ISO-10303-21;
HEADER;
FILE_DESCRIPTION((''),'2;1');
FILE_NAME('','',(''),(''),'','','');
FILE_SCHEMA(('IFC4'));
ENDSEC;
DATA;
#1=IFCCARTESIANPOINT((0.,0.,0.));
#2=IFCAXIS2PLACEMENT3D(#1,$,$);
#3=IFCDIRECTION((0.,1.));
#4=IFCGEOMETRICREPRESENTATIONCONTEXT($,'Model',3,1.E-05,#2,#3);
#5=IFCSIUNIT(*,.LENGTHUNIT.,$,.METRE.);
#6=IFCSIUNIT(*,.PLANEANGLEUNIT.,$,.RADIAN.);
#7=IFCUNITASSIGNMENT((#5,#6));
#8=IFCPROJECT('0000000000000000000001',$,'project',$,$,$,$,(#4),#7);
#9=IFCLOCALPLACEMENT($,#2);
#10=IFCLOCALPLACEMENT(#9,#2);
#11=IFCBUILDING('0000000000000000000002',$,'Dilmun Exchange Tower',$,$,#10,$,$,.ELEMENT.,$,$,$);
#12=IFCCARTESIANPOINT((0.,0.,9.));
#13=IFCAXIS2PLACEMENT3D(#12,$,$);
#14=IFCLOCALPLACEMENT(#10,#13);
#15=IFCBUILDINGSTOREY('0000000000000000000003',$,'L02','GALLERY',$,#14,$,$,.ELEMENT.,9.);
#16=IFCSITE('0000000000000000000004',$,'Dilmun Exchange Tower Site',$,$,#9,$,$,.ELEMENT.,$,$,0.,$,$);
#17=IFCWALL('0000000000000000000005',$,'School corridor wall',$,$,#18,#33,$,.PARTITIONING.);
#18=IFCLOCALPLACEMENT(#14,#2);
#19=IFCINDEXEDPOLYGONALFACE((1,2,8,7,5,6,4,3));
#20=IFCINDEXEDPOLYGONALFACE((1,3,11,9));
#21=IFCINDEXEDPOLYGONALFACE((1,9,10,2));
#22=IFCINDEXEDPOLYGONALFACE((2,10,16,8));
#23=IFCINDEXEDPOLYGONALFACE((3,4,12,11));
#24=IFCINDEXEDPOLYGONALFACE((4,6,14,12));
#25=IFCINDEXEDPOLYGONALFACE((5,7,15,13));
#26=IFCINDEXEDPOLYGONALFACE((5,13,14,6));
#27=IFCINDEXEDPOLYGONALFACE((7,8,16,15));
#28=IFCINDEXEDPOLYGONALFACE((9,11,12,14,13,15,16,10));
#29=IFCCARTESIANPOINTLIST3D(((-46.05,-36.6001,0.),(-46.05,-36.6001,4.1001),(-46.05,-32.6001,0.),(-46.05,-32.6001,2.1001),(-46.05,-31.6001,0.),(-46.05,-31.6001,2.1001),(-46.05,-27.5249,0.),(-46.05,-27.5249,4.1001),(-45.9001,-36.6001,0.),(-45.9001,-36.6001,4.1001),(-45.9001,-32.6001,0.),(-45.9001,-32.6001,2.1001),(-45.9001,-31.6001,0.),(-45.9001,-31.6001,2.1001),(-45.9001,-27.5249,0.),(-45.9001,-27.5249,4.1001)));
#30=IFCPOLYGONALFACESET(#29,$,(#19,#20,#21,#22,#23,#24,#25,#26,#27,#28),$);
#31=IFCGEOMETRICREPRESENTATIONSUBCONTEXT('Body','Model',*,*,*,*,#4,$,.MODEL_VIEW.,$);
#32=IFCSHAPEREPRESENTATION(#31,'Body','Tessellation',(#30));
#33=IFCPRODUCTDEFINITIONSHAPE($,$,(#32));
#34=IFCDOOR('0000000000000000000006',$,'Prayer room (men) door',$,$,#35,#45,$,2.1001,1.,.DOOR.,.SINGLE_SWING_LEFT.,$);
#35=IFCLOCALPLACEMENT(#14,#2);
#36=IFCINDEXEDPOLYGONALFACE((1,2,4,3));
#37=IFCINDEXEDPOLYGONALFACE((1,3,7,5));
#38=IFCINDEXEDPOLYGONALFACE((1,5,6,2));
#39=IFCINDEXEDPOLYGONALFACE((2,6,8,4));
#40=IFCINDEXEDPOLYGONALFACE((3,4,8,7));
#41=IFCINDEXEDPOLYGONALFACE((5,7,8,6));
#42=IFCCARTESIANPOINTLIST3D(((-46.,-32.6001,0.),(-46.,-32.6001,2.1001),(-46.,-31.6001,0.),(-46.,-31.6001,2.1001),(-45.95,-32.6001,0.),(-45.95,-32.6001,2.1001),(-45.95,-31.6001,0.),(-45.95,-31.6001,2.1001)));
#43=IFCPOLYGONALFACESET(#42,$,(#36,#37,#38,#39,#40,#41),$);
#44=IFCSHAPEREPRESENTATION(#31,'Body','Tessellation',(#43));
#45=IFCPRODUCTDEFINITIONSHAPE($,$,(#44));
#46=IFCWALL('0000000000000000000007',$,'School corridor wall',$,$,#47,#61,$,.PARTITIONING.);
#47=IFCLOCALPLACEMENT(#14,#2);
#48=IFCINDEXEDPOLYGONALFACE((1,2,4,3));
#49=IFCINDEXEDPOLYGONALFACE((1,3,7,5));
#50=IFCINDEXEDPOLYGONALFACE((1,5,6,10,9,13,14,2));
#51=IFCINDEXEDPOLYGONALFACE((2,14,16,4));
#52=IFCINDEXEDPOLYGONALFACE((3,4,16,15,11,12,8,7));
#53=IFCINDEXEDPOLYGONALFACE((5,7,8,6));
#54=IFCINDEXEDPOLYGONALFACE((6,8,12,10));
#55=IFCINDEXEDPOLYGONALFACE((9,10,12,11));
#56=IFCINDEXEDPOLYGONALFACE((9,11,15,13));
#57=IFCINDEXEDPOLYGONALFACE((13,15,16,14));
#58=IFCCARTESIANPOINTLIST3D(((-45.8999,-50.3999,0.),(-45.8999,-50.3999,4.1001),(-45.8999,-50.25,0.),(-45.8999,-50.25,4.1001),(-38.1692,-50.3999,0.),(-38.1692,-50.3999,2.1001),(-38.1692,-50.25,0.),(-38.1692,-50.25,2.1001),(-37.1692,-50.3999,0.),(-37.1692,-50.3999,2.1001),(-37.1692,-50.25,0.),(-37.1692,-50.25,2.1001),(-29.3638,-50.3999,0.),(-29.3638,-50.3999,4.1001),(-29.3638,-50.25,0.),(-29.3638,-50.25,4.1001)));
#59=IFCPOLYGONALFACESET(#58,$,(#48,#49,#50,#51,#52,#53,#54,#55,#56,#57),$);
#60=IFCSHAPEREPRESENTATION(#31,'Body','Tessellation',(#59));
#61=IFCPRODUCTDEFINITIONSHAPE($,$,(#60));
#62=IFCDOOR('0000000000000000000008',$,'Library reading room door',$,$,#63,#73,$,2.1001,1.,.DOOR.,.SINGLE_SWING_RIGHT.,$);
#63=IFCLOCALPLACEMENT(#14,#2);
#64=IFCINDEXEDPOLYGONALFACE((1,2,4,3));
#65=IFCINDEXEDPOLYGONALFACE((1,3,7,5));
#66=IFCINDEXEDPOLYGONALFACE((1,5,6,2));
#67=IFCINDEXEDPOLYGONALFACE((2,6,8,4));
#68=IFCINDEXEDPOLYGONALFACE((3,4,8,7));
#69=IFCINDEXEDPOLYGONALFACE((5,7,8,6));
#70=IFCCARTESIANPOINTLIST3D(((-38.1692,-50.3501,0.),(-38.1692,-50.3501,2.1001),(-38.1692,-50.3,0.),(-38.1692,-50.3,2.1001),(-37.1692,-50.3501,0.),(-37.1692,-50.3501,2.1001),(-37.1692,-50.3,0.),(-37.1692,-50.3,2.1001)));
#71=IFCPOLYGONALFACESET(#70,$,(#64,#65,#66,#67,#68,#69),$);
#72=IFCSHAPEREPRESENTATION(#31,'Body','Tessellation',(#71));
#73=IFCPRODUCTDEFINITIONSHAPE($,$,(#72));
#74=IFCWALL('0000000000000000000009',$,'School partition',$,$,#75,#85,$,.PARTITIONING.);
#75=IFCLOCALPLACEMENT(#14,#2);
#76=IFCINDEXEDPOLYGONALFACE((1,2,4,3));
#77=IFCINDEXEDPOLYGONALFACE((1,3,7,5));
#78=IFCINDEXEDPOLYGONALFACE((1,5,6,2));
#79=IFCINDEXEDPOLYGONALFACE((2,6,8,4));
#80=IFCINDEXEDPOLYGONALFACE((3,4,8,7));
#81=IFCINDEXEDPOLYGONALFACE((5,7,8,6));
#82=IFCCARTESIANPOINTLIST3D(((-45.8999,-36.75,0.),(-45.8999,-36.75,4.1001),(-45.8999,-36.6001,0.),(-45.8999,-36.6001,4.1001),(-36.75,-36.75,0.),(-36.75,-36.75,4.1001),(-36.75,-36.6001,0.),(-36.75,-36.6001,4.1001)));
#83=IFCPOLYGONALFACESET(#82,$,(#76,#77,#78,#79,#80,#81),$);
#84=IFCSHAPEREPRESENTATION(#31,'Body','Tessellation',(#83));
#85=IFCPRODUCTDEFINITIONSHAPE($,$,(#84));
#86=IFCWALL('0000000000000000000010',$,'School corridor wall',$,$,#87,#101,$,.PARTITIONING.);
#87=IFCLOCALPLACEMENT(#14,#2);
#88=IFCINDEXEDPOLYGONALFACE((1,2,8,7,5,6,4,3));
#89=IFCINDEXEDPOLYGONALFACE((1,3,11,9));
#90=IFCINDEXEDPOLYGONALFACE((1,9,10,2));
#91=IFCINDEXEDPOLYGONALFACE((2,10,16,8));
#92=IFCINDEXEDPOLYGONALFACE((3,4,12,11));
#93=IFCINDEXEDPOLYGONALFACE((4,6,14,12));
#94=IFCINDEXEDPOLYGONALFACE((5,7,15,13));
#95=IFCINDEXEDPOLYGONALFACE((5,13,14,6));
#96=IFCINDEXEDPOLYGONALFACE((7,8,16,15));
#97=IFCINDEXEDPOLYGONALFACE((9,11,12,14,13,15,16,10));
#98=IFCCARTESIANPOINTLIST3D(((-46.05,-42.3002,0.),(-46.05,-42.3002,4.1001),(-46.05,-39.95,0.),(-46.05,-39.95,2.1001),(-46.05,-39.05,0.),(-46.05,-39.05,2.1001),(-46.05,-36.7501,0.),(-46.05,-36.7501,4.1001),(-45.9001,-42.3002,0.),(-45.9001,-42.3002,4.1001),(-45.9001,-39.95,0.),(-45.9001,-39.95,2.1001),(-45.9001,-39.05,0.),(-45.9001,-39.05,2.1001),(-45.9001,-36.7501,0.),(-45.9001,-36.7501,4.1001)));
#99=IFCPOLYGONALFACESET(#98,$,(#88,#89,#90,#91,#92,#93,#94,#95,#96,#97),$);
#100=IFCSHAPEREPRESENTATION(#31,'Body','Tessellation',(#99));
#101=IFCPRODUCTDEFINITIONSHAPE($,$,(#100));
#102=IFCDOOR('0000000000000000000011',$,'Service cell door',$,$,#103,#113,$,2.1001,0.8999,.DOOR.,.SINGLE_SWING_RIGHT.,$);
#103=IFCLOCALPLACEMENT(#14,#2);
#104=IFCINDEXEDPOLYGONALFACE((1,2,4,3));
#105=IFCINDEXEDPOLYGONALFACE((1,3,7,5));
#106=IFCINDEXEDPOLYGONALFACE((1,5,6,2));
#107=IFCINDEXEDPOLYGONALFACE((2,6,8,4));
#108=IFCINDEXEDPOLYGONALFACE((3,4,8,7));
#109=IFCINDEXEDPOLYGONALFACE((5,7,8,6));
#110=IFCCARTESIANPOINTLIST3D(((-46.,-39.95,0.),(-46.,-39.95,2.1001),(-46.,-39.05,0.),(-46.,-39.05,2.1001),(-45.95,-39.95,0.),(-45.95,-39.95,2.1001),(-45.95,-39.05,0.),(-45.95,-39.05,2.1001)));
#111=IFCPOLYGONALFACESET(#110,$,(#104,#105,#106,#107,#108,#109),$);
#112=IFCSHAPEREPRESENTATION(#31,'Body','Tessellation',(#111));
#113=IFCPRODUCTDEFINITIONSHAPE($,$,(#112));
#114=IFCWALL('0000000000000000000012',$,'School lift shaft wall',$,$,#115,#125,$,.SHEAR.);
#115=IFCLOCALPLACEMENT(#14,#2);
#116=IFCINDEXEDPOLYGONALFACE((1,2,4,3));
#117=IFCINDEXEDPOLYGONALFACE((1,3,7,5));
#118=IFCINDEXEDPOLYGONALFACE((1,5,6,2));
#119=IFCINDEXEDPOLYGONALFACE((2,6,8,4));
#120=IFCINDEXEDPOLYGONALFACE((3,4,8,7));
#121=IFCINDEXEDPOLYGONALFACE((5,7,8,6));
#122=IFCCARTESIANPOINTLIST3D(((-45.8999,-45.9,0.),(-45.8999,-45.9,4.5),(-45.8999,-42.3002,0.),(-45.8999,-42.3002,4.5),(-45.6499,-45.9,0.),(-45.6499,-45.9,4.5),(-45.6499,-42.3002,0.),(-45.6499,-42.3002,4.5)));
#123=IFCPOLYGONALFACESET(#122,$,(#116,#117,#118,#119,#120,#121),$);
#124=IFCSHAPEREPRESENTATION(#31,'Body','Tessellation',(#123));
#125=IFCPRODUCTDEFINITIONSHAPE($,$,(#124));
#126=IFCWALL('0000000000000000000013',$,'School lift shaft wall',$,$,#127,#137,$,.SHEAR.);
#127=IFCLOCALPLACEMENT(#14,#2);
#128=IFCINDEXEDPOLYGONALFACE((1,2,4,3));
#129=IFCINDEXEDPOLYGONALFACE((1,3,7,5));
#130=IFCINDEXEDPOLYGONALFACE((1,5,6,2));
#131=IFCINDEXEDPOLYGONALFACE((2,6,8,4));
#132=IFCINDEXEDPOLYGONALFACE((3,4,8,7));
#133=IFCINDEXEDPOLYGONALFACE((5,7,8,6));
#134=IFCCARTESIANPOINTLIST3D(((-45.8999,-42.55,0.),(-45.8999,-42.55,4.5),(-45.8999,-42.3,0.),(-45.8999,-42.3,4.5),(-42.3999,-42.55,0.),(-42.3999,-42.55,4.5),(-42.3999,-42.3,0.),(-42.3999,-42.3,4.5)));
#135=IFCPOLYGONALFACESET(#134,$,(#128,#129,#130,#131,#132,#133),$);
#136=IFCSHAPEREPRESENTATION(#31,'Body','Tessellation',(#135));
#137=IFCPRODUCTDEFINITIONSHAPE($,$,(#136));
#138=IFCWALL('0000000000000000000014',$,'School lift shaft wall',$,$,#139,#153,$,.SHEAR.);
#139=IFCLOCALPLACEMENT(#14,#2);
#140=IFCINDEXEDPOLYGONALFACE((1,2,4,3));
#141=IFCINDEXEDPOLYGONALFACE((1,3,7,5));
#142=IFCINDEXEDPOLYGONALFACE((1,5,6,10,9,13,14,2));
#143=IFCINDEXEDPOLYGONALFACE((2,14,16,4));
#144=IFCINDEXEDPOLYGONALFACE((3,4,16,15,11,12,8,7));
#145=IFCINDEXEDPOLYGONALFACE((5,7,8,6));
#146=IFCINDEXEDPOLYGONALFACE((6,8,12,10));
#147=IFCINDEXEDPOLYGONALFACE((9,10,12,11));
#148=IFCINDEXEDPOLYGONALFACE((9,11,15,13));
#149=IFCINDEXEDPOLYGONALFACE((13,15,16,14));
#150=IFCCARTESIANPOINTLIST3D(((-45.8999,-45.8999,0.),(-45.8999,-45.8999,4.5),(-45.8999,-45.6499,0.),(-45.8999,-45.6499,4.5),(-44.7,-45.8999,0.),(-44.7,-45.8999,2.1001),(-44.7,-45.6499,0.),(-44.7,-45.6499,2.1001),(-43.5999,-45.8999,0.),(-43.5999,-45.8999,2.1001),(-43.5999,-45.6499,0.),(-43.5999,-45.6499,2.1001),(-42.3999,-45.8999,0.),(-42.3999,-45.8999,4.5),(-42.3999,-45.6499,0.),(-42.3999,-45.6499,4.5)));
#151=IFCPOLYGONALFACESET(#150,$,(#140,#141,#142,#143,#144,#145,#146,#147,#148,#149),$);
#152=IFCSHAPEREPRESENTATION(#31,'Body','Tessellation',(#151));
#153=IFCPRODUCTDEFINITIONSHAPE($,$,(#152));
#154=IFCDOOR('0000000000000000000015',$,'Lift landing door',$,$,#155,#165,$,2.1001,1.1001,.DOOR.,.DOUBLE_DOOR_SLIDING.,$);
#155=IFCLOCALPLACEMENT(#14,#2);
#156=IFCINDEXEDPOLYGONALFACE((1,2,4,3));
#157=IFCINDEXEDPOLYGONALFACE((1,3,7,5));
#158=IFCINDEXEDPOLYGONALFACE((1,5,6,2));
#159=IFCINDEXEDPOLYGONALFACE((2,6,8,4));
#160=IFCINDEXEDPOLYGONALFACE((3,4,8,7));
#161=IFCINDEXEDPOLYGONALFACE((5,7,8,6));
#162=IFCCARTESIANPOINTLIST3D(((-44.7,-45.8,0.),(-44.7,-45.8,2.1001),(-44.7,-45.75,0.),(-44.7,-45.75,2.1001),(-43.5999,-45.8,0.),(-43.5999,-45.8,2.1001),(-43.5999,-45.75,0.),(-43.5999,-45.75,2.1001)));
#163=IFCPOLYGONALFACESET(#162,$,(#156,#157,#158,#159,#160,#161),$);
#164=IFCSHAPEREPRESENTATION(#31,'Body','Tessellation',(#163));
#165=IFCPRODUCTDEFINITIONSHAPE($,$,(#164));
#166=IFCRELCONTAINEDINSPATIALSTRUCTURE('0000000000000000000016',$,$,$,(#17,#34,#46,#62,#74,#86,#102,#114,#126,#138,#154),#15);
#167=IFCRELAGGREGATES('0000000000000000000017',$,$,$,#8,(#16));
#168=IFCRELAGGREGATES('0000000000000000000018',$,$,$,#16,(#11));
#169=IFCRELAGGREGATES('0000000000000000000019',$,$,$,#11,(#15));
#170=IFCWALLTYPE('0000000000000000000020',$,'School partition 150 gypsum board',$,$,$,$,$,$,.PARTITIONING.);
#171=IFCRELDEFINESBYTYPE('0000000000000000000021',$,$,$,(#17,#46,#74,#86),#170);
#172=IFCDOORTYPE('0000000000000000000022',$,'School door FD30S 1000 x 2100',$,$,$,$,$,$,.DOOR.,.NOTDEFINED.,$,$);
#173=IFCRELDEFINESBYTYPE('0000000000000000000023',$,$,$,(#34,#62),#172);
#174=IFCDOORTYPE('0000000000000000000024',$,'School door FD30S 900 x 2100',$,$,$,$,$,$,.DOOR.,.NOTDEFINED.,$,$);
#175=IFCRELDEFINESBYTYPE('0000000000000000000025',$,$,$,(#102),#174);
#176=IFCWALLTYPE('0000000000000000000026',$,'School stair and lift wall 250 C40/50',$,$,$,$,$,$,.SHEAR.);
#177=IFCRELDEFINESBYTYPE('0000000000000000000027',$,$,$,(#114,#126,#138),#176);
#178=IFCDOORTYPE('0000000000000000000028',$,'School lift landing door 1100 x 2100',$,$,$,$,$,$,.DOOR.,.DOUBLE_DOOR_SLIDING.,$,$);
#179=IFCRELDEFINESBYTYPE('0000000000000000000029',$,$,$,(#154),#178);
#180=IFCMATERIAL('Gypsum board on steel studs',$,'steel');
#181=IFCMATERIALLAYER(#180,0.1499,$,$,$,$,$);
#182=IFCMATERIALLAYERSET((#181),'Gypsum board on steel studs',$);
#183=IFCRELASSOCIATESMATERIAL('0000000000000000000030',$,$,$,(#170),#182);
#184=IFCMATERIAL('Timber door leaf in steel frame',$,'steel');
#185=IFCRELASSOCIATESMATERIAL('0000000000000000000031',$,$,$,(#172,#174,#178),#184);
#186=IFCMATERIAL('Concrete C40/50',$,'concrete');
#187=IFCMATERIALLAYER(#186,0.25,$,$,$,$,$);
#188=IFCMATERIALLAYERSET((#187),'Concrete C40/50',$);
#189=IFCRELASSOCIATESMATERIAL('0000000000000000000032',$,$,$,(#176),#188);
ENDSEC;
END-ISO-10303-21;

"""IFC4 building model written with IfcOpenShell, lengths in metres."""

from ifc_helpers import new_model, si_unit, direction, frame, frame_2d, origin, place, context, subcontext, project, spatial, rectangle, extrude, material, layer, layer_set, type_object, element, fill, save


model = new_model("IFC4")

# Units and contexts
model_context = context("Model", 3, precision=1e-05, world=origin(), true_north=direction((0.0, 1.0)))
body_context = subcontext(model_context, "Body", "Model", "MODEL_VIEW")
ifc_project = project(units=[si_unit("LENGTHUNIT", "METRE"), si_unit("PLANEANGLEUNIT", "RADIAN")], contexts=[model_context])

# Site, building, storey
site_placement = place(None, origin())
site = spatial("IfcSite", under=ifc_project, at=site_placement, Name="Dilmun Exchange Tower Site", CompositionType="ELEMENT", RefElevation=0.0)
building_placement = place(site_placement, origin())
building = spatial("IfcBuilding", under=site, at=building_placement, Name="Dilmun Exchange Tower", CompositionType="ELEMENT")
storey_placement = place(building_placement, frame((0.0, 0.0, 9.0)))
storey = spatial("IfcBuildingStorey", under=building, at=storey_placement, Name="L02", Description="GALLERY", CompositionType="ELEMENT", Elevation=9.0)

# Shared definitions
ifc_material_1 = material(Name="Concrete C40/50", Category="concrete")

# Shared definitions
ifc_material_2 = material(Name="Gypsum board on steel studs", Category="steel")
ifc_layer_1 = layer(ifc_material_2, 0.1499)
ifc_layer_set_1 = layer_set([ifc_layer_1], Name="Gypsum board on steel studs")
wall_type_1 = type_object("IfcWallType", Name="School partition 150 gypsum board", PredefinedType="PARTITIONING", material=ifc_layer_set_1)

# Walls, openings, doors
ifc_material_3 = material(Name="Timber door leaf in steel frame", Category="steel")
door_type_1 = type_object("IfcDoorType", Name="School door FD30S 1000 x 2100", OperationType="NOTDEFINED", PredefinedType="DOOR", material=ifc_material_3)
wall_1_placement = place(storey_placement, frame((-45.9751, -36.6001, 0.0), z_axis=(0.0, 0.0, 1.0), x_axis=(0.0, 1.0, 0.0)))
wall_1 = element("IfcWall", 1, at=wall_1_placement, inside=storey, type_object=wall_type_1, Name="School corridor wall", PredefinedType="PARTITIONING", context=body_context, shape_type="SweptSolid", body=[
    extrude(rectangle(XDim=9.0752, YDim=0.1499, at=frame_2d((4.5376, 0.0))), origin(), (0.0, 0.0, 1.0), 4.1001),
])
opening_1_placement = place(wall_1_placement, frame((4.0, 0.0, 0.0)))
opening_1 = element("IfcOpeningElement", 2, at=opening_1_placement, cuts=wall_1, PredefinedType="OPENING", context=body_context, shape_type="SweptSolid", body=[
    extrude(rectangle(XDim=1.0, YDim=2.1001, at=frame_2d((0.5, 1.05))), frame((0.0, 0.085, 0.0), z_axis=(0.0, -1.0, 0.0), x_axis=(1.0, 0.0, 0.0)), (0.0, 0.0, 1.0), 0.1699),
])
door_1_placement = place(opening_1_placement, origin())
door_1 = element("IfcDoor", 3, at=door_1_placement, inside=storey, type_object=door_type_1, Name="Prayer room (men) door", OperationType="SINGLE_SWING_LEFT", OverallHeight=2.1001, OverallWidth=1.0, PredefinedType="DOOR", context=body_context, shape_type="SweptSolid", body=[
    extrude(rectangle(XDim=1.0, YDim=2.1001, at=frame_2d((0.5, 1.05))), frame((0.0, 0.0249, 0.0), z_axis=(0.0, -1.0, 0.0), x_axis=(1.0, 0.0, 0.0)), (0.0, 0.0, 1.0), 0.05),
])
fill(opening_1, door_1)
wall_2_placement = place(storey_placement, frame((-45.8999, -50.325, 0.0), z_axis=(0.0, 0.0, 1.0), x_axis=(1.0, 0.0, 0.0)))
wall_2 = element("IfcWall", 4, at=wall_2_placement, inside=storey, type_object=wall_type_1, Name="School corridor wall", PredefinedType="PARTITIONING", context=body_context, shape_type="SweptSolid", body=[
    extrude(rectangle(XDim=16.5361, YDim=0.1499, at=frame_2d((8.2681, 0.0))), origin(), (0.0, 0.0, 1.0), 4.1001),
])
opening_2_placement = place(wall_2_placement, frame((7.7307, 0.0, 0.0)))
opening_2 = element("IfcOpeningElement", 5, at=opening_2_placement, cuts=wall_2, PredefinedType="OPENING", context=body_context, shape_type="SweptSolid", body=[
    extrude(rectangle(XDim=1.0, YDim=2.1001, at=frame_2d((0.5, 1.05))), frame((0.0, 0.085, 0.0), z_axis=(0.0, -1.0, 0.0), x_axis=(1.0, 0.0, 0.0)), (0.0, 0.0, 1.0), 0.1699),
])
door_2_placement = place(opening_2_placement, origin())
door_2 = element("IfcDoor", 6, at=door_2_placement, inside=storey, type_object=door_type_1, Name="Library reading room door", OperationType="SINGLE_SWING_RIGHT", OverallHeight=2.1001, OverallWidth=1.0, PredefinedType="DOOR", context=body_context, shape_type="SweptSolid", body=[
    extrude(rectangle(XDim=1.0, YDim=2.1001, at=frame_2d((0.5, 1.05))), frame((0.0, 0.0249, 0.0), z_axis=(0.0, -1.0, 0.0), x_axis=(1.0, 0.0, 0.0)), (0.0, 0.0, 1.0), 0.05),
])
fill(opening_2, door_2)

# Wall
wall_3_placement = place(storey_placement, frame((-45.8999, -36.675, 0.0), z_axis=(0.0, 0.0, 1.0), x_axis=(1.0, 0.0, 0.0)))
element("IfcWall", 7, at=wall_3_placement, inside=storey, type_object=wall_type_1, Name="School partition", PredefinedType="PARTITIONING", context=body_context, shape_type="SweptSolid", body=[
    extrude(rectangle(XDim=9.1499, YDim=0.1499, at=frame_2d((4.575, 0.0))), origin(), (0.0, 0.0, 1.0), 4.1001),
])

# Wall, opening, door
wall_4_placement = place(storey_placement, frame((-45.9751, -42.3, 0.0), z_axis=(0.0, 0.0, 1.0), x_axis=(0.0, 1.0, 0.0)))
wall_4 = element("IfcWall", 8, at=wall_4_placement, inside=storey, type_object=wall_type_1, Name="School corridor wall", PredefinedType="PARTITIONING", context=body_context, shape_type="SweptSolid", body=[
    extrude(rectangle(XDim=5.55, YDim=0.1499, at=frame_2d((2.7749, 0.0))), origin(), (0.0, 0.0, 1.0), 4.1001),
])
opening_3_placement = place(wall_4_placement, frame((2.3501, 0.0, 0.0)))
opening_3 = element("IfcOpeningElement", 9, at=opening_3_placement, cuts=wall_4, PredefinedType="OPENING", context=body_context, shape_type="SweptSolid", body=[
    extrude(rectangle(XDim=0.8999, YDim=2.1001, at=frame_2d((0.45, 1.05))), frame((0.0, 0.085, 0.0), z_axis=(0.0, -1.0, 0.0), x_axis=(1.0, 0.0, 0.0)), (0.0, 0.0, 1.0), 0.1699),
])
door_type_2 = type_object("IfcDoorType", Name="School door FD30S 900 x 2100", OperationType="NOTDEFINED", PredefinedType="DOOR", material=ifc_material_3)
door_3_placement = place(opening_3_placement, origin())
door_3 = element("IfcDoor", 10, at=door_3_placement, inside=storey, type_object=door_type_2, Name="Service cell door", OperationType="SINGLE_SWING_RIGHT", OverallHeight=2.1001, OverallWidth=0.8999, PredefinedType="DOOR", context=body_context, shape_type="SweptSolid", body=[
    extrude(rectangle(XDim=0.8999, YDim=2.1001, at=frame_2d((0.45, 1.05))), frame((0.0, 0.0249, 0.0), z_axis=(0.0, -1.0, 0.0), x_axis=(1.0, 0.0, 0.0)), (0.0, 0.0, 1.0), 0.05),
])
fill(opening_3, door_3)

# Walls
ifc_layer_2 = layer(ifc_material_1, 0.25)
ifc_layer_set_2 = layer_set([ifc_layer_2], Name="Concrete C40/50")
wall_type_2 = type_object("IfcWallType", Name="School stair and lift wall 250 C40/50", PredefinedType="SHEAR", material=ifc_layer_set_2)
wall_5_placement = place(storey_placement, frame((-45.7749, -45.8999, 0.0), z_axis=(0.0, 0.0, 1.0), x_axis=(0.0, 1.0, 0.0)))
element("IfcWall", 11, at=wall_5_placement, inside=storey, type_object=wall_type_2, Name="School lift shaft wall", PredefinedType="SHEAR", context=body_context, shape_type="SweptSolid", body=[
    extrude(rectangle(XDim=3.5999, YDim=0.25, at=frame_2d((1.7998, 0.0))), origin(), (0.0, 0.0, 1.0), 4.5),
])
wall_6_placement = place(storey_placement, frame((-45.8999, -42.425, 0.0), z_axis=(0.0, 0.0, 1.0), x_axis=(1.0, 0.0, 0.0)))
element("IfcWall", 12, at=wall_6_placement, inside=storey, type_object=wall_type_2, Name="School lift shaft wall", PredefinedType="SHEAR", context=body_context, shape_type="SweptSolid", body=[
    extrude(rectangle(XDim=3.5, YDim=0.25, at=frame_2d((1.75, 0.0))), origin(), (0.0, 0.0, 1.0), 4.5),
])

# Wall, opening, door
wall_7_placement = place(storey_placement, frame((-45.8999, -45.7749, 0.0), z_axis=(0.0, 0.0, 1.0), x_axis=(1.0, 0.0, 0.0)))
wall_7 = element("IfcWall", 13, at=wall_7_placement, inside=storey, type_object=wall_type_2, Name="School lift shaft wall", PredefinedType="SHEAR", context=body_context, shape_type="SweptSolid", body=[
    extrude(rectangle(XDim=3.5, YDim=0.25, at=frame_2d((1.75, 0.0))), origin(), (0.0, 0.0, 1.0), 4.5),
])
opening_4_placement = place(wall_7_placement, frame((1.2, 0.0, 0.0)))
opening_4 = element("IfcOpeningElement", 14, at=opening_4_placement, cuts=wall_7, PredefinedType="OPENING", context=body_context, shape_type="SweptSolid", body=[
    extrude(rectangle(XDim=1.1001, YDim=2.1001, at=frame_2d((0.55, 1.05))), frame((0.0, 0.135, 0.0), z_axis=(0.0, -1.0, 0.0), x_axis=(1.0, 0.0, 0.0)), (0.0, 0.0, 1.0), 0.27),
])
door_type_3 = type_object("IfcDoorType", Name="School lift landing door 1100 x 2100", OperationType="DOUBLE_DOOR_SLIDING", PredefinedType="DOOR", material=ifc_material_3)
door_4_placement = place(opening_4_placement, origin())
door_4 = element("IfcDoor", 15, at=door_4_placement, inside=storey, type_object=door_type_3, Name="Lift landing door", OperationType="DOUBLE_DOOR_SLIDING", OverallHeight=2.1001, OverallWidth=1.1001, PredefinedType="DOOR", context=body_context, shape_type="SweptSolid", body=[
    extrude(rectangle(XDim=1.1001, YDim=2.1001, at=frame_2d((0.55, 1.05))), frame((0.0, 0.0249, 0.0), z_axis=(0.0, -1.0, 0.0), x_axis=(1.0, 0.0, 0.0)), (0.0, 0.0, 1.0), 0.05),
])
fill(opening_4, door_4)

save(model, "model.ifc")
